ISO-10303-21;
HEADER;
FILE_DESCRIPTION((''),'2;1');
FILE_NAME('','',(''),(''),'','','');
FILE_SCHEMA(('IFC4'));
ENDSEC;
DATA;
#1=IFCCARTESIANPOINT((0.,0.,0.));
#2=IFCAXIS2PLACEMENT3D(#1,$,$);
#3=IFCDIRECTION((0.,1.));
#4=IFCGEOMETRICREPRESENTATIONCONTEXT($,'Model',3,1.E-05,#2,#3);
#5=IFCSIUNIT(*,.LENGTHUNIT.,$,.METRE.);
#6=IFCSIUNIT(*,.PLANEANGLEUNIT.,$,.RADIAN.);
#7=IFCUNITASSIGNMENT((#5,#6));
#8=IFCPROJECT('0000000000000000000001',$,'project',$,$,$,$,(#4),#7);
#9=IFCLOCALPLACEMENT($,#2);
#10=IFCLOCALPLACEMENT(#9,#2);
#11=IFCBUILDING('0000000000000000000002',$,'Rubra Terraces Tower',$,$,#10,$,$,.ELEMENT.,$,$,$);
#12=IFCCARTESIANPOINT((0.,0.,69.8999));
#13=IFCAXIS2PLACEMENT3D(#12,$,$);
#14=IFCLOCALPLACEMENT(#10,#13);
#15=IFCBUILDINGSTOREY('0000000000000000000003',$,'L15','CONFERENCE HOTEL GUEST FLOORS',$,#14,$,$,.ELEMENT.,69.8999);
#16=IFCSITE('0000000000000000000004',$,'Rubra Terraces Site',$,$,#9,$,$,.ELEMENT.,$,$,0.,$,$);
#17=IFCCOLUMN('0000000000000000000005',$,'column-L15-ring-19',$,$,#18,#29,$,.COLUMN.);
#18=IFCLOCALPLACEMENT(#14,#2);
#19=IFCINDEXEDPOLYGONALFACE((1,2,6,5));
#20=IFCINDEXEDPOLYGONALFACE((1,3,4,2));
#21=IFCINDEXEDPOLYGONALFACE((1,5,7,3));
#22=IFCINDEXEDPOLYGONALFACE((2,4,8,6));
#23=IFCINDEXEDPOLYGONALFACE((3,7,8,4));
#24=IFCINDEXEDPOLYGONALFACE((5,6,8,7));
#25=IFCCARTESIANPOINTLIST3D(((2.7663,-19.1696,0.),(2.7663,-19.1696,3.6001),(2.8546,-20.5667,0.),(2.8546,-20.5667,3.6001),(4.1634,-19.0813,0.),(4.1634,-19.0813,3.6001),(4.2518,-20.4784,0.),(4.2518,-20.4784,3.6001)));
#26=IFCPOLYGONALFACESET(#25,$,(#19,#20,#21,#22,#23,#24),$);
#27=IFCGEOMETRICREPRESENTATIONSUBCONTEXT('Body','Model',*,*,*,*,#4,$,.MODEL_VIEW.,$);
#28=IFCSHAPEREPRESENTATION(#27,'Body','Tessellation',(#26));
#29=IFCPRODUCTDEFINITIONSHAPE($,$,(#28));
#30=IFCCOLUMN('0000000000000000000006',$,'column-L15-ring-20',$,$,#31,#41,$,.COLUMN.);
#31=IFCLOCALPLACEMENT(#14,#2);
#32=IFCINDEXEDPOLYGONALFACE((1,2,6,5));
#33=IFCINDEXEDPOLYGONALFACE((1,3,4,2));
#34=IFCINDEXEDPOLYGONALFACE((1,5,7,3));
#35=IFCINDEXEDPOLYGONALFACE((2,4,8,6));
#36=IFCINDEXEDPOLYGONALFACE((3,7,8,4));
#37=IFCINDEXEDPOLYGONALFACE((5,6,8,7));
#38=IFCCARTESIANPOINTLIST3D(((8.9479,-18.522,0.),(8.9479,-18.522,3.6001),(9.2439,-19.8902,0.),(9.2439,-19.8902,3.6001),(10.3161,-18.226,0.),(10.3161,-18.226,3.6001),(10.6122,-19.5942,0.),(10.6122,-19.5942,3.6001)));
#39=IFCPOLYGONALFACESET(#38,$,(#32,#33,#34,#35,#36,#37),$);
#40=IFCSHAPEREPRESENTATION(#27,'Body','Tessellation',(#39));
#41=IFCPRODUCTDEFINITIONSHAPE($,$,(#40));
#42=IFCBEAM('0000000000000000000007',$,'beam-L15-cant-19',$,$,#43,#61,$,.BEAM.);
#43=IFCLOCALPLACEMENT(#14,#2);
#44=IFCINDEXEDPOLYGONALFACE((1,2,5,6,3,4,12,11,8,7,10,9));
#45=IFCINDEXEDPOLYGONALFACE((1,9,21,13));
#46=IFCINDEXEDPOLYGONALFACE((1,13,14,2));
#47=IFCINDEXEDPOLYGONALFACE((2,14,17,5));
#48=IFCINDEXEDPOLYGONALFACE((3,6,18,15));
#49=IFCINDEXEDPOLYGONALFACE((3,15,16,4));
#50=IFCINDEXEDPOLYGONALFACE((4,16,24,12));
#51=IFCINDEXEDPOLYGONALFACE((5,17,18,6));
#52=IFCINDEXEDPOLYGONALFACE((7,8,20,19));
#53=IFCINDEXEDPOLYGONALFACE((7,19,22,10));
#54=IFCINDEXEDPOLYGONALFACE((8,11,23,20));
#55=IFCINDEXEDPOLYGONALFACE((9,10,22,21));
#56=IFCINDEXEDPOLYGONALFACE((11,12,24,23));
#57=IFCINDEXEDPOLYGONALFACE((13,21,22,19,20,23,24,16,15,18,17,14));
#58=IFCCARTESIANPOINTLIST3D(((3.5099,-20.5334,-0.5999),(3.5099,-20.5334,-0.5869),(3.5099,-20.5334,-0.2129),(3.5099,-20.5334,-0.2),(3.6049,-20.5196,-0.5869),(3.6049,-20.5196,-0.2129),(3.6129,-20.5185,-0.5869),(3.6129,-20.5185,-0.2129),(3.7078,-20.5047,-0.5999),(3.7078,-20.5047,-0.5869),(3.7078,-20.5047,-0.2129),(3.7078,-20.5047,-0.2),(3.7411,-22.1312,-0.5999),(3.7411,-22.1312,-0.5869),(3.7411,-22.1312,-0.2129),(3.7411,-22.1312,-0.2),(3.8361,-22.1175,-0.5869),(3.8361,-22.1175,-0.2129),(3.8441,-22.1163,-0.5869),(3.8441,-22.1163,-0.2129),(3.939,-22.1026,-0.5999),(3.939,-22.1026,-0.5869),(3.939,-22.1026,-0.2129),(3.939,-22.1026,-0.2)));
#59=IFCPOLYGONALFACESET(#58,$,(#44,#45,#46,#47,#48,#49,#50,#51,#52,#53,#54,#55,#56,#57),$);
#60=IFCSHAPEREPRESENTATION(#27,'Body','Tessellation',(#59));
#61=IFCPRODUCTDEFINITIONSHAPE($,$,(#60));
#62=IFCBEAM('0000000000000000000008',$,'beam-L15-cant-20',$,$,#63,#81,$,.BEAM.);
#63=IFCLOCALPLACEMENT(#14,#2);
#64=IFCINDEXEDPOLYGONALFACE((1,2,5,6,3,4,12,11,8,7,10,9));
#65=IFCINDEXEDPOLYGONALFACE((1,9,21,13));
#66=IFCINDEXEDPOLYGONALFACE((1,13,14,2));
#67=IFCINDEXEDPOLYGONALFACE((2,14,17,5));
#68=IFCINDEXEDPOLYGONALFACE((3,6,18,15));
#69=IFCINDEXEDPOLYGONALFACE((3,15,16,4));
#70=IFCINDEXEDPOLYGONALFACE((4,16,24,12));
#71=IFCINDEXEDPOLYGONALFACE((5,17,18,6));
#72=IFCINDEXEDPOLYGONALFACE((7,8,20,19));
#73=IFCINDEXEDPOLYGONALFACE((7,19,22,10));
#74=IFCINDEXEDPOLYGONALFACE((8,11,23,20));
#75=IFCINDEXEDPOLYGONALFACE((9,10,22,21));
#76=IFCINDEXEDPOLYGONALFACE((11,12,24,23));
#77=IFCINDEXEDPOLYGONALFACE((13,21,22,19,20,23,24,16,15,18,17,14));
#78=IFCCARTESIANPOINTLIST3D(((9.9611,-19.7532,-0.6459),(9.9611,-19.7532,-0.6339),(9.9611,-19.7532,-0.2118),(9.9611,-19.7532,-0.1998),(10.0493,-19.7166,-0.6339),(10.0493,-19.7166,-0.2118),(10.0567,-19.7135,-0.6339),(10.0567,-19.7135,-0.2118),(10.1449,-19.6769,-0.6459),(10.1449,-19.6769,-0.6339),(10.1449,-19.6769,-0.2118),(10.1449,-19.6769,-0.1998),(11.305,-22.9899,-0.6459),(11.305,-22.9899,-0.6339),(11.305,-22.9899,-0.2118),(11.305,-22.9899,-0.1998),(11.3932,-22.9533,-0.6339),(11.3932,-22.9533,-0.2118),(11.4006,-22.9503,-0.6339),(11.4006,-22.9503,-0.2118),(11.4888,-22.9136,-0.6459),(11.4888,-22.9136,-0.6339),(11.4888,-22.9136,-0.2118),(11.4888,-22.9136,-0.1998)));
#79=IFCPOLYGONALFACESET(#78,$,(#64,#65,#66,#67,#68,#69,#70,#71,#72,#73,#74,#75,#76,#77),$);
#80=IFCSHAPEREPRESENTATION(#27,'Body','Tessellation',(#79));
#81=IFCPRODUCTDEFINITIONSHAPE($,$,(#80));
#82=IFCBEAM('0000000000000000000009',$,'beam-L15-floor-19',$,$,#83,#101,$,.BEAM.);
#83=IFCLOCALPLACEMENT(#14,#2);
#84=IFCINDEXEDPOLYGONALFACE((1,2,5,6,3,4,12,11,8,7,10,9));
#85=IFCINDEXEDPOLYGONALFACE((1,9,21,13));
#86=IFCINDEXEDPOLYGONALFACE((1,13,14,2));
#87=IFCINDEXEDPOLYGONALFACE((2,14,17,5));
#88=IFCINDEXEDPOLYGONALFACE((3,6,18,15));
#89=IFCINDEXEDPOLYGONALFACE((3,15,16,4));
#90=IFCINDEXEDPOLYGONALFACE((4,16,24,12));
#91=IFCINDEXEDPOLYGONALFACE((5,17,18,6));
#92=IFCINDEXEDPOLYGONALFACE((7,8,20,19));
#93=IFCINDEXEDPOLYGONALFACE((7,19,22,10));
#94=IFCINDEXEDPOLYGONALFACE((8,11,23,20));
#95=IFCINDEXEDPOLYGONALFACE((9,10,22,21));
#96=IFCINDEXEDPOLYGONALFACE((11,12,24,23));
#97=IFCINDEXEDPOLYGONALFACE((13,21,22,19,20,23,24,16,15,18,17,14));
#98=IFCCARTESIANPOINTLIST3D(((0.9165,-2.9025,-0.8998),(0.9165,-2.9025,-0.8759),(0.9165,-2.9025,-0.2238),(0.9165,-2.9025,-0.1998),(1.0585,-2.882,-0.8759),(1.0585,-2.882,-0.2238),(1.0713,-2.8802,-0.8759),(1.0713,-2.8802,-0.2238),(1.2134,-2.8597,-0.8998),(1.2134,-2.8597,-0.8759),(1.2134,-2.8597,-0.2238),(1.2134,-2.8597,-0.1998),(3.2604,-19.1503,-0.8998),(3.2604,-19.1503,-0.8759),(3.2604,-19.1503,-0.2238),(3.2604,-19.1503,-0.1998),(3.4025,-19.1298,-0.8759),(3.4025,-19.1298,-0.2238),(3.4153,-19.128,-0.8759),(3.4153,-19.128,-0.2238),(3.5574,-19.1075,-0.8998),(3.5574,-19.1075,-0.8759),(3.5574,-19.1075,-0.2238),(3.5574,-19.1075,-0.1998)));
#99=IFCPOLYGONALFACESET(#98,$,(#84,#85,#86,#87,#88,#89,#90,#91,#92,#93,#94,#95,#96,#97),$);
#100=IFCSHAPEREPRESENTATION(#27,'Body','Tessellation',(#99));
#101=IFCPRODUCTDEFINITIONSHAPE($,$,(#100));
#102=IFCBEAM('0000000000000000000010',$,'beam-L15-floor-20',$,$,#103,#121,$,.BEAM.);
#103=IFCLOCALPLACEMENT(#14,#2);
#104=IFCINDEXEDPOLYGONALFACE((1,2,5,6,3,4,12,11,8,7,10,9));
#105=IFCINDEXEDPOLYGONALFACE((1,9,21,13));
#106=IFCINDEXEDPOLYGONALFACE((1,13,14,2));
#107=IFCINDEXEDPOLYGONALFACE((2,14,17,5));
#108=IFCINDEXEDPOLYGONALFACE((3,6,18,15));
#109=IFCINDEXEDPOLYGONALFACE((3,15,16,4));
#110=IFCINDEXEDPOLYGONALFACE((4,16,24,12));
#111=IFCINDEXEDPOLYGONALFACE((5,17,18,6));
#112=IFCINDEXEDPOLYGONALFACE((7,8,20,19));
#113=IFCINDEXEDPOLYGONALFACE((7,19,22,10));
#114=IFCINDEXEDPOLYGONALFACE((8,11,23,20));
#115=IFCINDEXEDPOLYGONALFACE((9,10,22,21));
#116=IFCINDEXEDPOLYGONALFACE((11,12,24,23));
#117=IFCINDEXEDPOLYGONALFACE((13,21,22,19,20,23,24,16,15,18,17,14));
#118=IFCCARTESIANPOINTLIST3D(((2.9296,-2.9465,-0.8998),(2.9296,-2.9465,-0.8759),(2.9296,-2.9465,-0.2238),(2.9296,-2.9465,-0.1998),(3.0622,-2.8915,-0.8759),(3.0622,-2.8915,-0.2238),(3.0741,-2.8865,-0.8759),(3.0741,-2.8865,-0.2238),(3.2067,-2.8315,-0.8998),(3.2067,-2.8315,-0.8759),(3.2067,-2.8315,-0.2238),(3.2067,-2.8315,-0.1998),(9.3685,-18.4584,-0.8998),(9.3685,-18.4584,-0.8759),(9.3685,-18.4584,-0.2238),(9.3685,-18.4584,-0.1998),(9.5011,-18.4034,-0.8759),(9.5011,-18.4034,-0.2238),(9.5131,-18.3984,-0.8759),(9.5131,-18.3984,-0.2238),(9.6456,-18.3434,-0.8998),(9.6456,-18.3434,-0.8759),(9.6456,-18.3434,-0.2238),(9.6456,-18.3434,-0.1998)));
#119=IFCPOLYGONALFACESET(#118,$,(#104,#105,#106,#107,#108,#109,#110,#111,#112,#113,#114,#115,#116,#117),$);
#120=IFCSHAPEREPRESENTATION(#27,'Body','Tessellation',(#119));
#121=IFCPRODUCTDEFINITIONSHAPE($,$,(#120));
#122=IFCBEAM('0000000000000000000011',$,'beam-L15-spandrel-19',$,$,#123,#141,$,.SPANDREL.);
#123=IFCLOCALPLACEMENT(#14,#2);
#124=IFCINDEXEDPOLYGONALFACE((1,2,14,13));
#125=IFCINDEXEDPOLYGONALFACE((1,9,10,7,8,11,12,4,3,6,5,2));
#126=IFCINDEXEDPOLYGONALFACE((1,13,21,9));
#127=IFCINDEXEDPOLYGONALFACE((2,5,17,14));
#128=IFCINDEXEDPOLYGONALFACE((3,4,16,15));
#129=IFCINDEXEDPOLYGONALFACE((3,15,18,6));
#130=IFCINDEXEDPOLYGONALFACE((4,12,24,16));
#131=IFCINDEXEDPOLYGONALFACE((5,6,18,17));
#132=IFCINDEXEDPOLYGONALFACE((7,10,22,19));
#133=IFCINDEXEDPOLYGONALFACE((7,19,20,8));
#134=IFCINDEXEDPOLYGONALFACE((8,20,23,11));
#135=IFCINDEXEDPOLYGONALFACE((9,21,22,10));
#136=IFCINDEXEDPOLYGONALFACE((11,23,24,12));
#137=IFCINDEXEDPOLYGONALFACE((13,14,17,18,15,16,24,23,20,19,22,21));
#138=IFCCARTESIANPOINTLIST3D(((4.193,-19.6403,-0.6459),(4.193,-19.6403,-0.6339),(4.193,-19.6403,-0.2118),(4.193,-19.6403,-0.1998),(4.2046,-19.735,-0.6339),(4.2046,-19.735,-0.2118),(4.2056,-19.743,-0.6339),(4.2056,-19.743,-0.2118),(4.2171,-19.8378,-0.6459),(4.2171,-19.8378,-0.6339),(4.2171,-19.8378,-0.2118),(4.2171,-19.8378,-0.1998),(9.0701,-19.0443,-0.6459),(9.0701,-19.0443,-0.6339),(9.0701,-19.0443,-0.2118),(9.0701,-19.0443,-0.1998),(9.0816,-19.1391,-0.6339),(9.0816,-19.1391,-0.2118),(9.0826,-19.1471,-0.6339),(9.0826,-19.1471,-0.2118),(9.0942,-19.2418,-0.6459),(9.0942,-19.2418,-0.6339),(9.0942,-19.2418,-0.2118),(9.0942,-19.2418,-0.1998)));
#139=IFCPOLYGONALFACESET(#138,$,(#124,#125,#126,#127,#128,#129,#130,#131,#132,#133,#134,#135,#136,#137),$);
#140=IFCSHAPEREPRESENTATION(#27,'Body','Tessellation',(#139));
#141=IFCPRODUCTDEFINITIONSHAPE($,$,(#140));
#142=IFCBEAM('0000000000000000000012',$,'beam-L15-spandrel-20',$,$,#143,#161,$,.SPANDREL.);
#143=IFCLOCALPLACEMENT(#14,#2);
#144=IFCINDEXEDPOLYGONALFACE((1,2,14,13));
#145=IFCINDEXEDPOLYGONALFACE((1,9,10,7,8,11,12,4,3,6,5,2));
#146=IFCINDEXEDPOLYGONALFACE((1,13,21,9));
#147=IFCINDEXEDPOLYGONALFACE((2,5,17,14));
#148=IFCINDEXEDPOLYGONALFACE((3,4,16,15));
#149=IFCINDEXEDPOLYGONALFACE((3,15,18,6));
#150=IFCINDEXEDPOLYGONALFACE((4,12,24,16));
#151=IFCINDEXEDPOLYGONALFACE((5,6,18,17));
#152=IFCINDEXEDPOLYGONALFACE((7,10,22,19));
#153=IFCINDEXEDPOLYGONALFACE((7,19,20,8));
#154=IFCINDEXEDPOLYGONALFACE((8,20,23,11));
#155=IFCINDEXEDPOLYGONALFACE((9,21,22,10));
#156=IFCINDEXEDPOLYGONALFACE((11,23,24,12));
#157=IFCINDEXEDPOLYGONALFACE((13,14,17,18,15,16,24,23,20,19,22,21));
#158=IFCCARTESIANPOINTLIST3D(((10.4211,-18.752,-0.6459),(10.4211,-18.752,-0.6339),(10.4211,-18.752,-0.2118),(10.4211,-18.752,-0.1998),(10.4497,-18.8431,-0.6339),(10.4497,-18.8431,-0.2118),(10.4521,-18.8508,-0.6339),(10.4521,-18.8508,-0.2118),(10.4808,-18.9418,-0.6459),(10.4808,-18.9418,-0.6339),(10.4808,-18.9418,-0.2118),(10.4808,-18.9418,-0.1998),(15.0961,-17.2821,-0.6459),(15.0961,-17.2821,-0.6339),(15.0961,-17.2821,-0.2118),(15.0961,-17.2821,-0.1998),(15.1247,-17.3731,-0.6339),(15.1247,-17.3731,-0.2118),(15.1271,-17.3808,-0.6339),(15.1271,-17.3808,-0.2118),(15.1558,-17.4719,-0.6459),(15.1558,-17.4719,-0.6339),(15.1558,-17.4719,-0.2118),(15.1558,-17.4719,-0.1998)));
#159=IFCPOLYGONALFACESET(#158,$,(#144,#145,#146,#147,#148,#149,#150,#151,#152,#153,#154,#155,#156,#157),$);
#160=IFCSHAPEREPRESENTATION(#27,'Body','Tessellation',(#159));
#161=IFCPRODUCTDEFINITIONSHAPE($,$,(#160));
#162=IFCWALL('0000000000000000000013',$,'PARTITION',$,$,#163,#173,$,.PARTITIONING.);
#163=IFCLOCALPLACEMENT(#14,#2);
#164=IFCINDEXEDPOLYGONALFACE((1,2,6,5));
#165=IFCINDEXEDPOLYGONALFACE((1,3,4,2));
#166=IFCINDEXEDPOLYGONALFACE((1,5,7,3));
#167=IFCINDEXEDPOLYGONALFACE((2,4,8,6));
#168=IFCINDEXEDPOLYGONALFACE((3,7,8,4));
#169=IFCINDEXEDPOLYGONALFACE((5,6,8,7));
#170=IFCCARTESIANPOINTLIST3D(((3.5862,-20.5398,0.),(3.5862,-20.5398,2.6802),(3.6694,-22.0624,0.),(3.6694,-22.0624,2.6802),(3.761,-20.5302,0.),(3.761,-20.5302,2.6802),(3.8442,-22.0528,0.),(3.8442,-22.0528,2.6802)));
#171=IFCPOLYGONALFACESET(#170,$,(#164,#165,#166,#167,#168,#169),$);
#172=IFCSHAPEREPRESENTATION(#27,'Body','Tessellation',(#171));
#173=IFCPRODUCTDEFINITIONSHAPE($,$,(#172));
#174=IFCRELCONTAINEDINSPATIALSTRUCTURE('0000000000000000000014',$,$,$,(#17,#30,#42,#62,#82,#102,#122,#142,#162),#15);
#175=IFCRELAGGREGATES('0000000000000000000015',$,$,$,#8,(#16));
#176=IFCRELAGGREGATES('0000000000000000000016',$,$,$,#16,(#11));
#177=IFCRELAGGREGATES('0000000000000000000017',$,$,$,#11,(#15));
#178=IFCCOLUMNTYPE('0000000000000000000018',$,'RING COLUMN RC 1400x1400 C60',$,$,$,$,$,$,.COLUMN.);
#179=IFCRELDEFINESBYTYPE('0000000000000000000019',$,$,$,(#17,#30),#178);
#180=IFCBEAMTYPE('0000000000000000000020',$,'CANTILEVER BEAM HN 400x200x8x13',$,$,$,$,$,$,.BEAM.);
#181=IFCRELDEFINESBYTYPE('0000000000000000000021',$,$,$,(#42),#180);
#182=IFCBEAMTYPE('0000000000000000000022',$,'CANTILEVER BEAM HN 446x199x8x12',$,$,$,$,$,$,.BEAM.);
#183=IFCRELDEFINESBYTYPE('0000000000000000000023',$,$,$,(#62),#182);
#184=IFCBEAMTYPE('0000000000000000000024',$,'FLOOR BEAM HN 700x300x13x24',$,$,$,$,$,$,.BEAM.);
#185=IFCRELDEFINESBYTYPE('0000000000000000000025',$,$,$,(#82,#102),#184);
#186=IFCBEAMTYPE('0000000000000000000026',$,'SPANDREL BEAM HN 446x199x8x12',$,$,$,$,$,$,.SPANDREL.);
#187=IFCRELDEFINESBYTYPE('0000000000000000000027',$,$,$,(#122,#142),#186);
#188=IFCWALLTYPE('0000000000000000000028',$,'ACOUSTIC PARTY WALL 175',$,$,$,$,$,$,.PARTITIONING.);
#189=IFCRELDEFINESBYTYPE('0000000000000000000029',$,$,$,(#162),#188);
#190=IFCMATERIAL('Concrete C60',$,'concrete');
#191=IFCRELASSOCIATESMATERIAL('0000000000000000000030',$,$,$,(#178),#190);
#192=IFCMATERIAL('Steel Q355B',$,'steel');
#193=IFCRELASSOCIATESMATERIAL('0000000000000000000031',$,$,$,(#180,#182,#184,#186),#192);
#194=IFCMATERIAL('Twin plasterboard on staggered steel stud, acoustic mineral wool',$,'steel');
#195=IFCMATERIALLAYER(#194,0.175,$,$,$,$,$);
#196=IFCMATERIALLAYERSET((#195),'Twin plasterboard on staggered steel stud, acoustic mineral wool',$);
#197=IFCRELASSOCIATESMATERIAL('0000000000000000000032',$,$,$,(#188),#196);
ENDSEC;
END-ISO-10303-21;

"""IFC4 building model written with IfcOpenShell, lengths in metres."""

from ifc_helpers import new_model, si_unit, direction, frame, frame_2d, origin, origin_2d, place, context, subcontext, project, spatial, rectangle, i_section, extrude, material, layer, layer_set, material_profile, profile_set, type_object, element, save


model = new_model("IFC4")

# Units and contexts
model_context = context("Model", 3, precision=1e-05, world=origin(), true_north=direction((0.0, 1.0)))
body_context = subcontext(model_context, "Body", "Model", "MODEL_VIEW")
ifc_project = project(units=[si_unit("LENGTHUNIT", "METRE"), si_unit("PLANEANGLEUNIT", "RADIAN")], contexts=[model_context])

# Site, building, storey
site_placement = place(None, origin())
site = spatial("IfcSite", under=ifc_project, at=site_placement, Name="Rubra Terraces Site", CompositionType="ELEMENT", RefElevation=0.0)
building_placement = place(site_placement, origin())
building = spatial("IfcBuilding", under=site, at=building_placement, Name="Rubra Terraces Tower", CompositionType="ELEMENT")
storey_placement = place(building_placement, frame((0.0, 0.0, 69.8999)))
storey = spatial("IfcBuildingStorey", under=building, at=storey_placement, Name="L15", Description="CONFERENCE HOTEL GUEST FLOORS", CompositionType="ELEMENT", Elevation=69.8999)

# Columns
ifc_material_1 = material(Name="Concrete C60", Category="concrete")
ifc_material_profile_1 = material_profile(ifc_material_1, rectangle(XDim=1.3999, YDim=1.3999, at=origin_2d()), Name="RC 1400x1400")
ifc_profile_set_1 = profile_set([ifc_material_profile_1], Name="Concrete C60")
column_type = type_object("IfcColumnType", Name="RING COLUMN RC 1400x1400 C60", PredefinedType="COLUMN", material=ifc_profile_set_1)
for number, where, z_axis, x_axis, name in (
    (1, (3.509, -19.824, 0.0), (0.0, 0.0, 1.0), (0.998008, 0.063094, 0.0), "column-L15-ring-19"),
    (2, (9.78, -19.0581, 0.0), (0.0, 0.0, 1.0), (0.977386, 0.211462, 0.0), "column-L15-ring-20"),
):
    element("IfcColumn", number, at=place(storey_placement, frame(where, z_axis=z_axis, x_axis=x_axis)), inside=storey, type_object=column_type, Name=name, PredefinedType="COLUMN", context=body_context, shape_type="SweptSolid", body=[
        extrude(rectangle(XDim=1.3999, YDim=1.3999, at=origin_2d()), origin(), (0.0, 0.0, 1.0), 3.6001),
    ])

# Beams
ifc_material_2 = material(Name="Steel Q355B", Category="steel")
ifc_material_profile_2 = material_profile(ifc_material_2, i_section(OverallWidth=0.2, OverallDepth=0.3999, WebThickness=0.0081, FlangeThickness=0.0129, at=origin_2d()), Name="HN 400x200x8x13")
ifc_profile_set_2 = profile_set([ifc_material_profile_2], Name="Steel Q355B")
beam_type_1 = type_object("IfcBeamType", Name="CANTILEVER BEAM HN 400x200x8x13", PredefinedType="BEAM", material=ifc_profile_set_2)
beam_1_placement = place(storey_placement, frame((3.6089, -20.519, -0.3999), z_axis=(0.143199, -0.989694, 0.0), x_axis=(0.989694, 0.143199, 0.0)))
element("IfcBeam", 3, at=beam_1_placement, inside=storey, type_object=beam_type_1, Name="beam-L15-cant-19", PredefinedType="BEAM", context=body_context, shape_type="SweptSolid", body=[
    extrude(i_section(OverallWidth=0.2, OverallDepth=0.3999, WebThickness=0.0081, FlangeThickness=0.0129, at=origin_2d()), origin(), (0.0, 0.0, 1.0), 1.6145),
])
ifc_material_profile_3 = material_profile(ifc_material_2, i_section(OverallWidth=0.199, OverallDepth=0.446, WebThickness=0.0081, FlangeThickness=0.012, at=origin_2d()), Name="HN 446x199x8x12")
ifc_profile_set_3 = profile_set([ifc_material_profile_3], Name="Steel Q355B")
beam_type_2 = type_object("IfcBeamType", Name="CANTILEVER BEAM HN 446x199x8x12", PredefinedType="BEAM", material=ifc_profile_set_3)
beam_2_placement = place(storey_placement, frame((10.053, -19.7151, -0.4229), z_axis=(0.383477, -0.92355, 0.0), x_axis=(0.92355, 0.383477, 0.0)))
element("IfcBeam", 4, at=beam_2_placement, inside=storey, type_object=beam_type_2, Name="beam-L15-cant-20", PredefinedType="BEAM", context=body_context, shape_type="SweptSolid", body=[
    extrude(i_section(OverallWidth=0.199, OverallDepth=0.446, WebThickness=0.0081, FlangeThickness=0.012, at=origin_2d()), origin(), (0.0, 0.0, 1.0), 3.5046),
])
ifc_material_profile_4 = material_profile(ifc_material_2, i_section(OverallWidth=0.3, OverallDepth=0.7, WebThickness=0.0129, FlangeThickness=0.0239, at=origin_2d()), Name="HN 700x300x13x24")
ifc_profile_set_4 = profile_set([ifc_material_profile_4], Name="Steel Q355B")
beam_type_3 = type_object("IfcBeamType", Name="FLOOR BEAM HN 700x300x13x24", PredefinedType="BEAM", material=ifc_profile_set_4)
beam_3_placement = place(storey_placement, frame((3.4089, -19.1289, -0.5498), z_axis=(-0.142787, 0.989753, 0.0), x_axis=(-0.989753, -0.142787, 0.0)))
element("IfcBeam", 5, at=beam_3_placement, inside=storey, type_object=beam_type_3, Name="beam-L15-floor-19", PredefinedType="BEAM", context=body_context, shape_type="SweptSolid", body=[
    extrude(i_section(OverallWidth=0.3, OverallDepth=0.7, WebThickness=0.0129, FlangeThickness=0.0239, at=origin_2d()), origin(), (0.0, 0.0, 1.0), 16.416),
])
beam_4_placement = place(storey_placement, frame((9.5071, -18.4009, -0.5498), z_axis=(-0.38338, 0.923591, 0.0), x_axis=(-0.923591, -0.38338, 0.0)))
element("IfcBeam", 6, at=beam_4_placement, inside=storey, type_object=beam_type_3, Name="beam-L15-floor-20", PredefinedType="BEAM", context=body_context, shape_type="SweptSolid", body=[
    extrude(i_section(OverallWidth=0.3, OverallDepth=0.7, WebThickness=0.0129, FlangeThickness=0.0239, at=origin_2d()), origin(), (0.0, 0.0, 1.0), 16.7952),
])
ifc_material_profile_5 = material_profile(ifc_material_2, i_section(OverallWidth=0.199, OverallDepth=0.446, WebThickness=0.0081, FlangeThickness=0.012, at=origin_2d()), Name="HN 446x199x8x12")
ifc_profile_set_5 = profile_set([ifc_material_profile_5], Name="Steel Q355B")
beam_type_4 = type_object("IfcBeamType", Name="SPANDREL BEAM HN 446x199x8x12", PredefinedType="SPANDREL", material=ifc_profile_set_5)
beam_5_placement = place(storey_placement, frame((4.2051, -19.739, -0.4229), z_axis=(0.992617, 0.121294, 0.0), x_axis=(-0.121294, 0.992617, 0.0)))
element("IfcBeam", 7, at=beam_5_placement, inside=storey, type_object=beam_type_4, Name="beam-L15-spandrel-19", PredefinedType="SPANDREL", context=body_context, shape_type="SweptSolid", body=[
    extrude(i_section(OverallWidth=0.199, OverallDepth=0.446, WebThickness=0.0081, FlangeThickness=0.012, at=origin_2d()), origin(), (0.0, 0.0, 1.0), 4.9133),
])
beam_6_placement = place(storey_placement, frame((10.4509, -18.8469, -0.4229), z_axis=(0.953955, 0.299951, 0.0), x_axis=(-0.299951, 0.953955, 0.0)))
element("IfcBeam", 8, at=beam_6_placement, inside=storey, type_object=beam_type_4, Name="beam-L15-spandrel-20", PredefinedType="SPANDREL", context=body_context, shape_type="SweptSolid", body=[
    extrude(i_section(OverallWidth=0.199, OverallDepth=0.446, WebThickness=0.0081, FlangeThickness=0.012, at=origin_2d()), origin(), (0.0, 0.0, 1.0), 4.9006),
])

# Wall
ifc_material_3 = material(Name="Twin plasterboard on staggered steel stud, acoustic mineral wool", Category="steel")
ifc_layer_1 = layer(ifc_material_3, 0.175)
ifc_layer_set_1 = layer_set([ifc_layer_1], Name="Twin plasterboard on staggered steel stud, acoustic mineral wool")
wall_type_1 = type_object("IfcWallType", Name="ACOUSTIC PARTY WALL 175", PredefinedType="PARTITIONING", material=ifc_layer_set_1)
wall_1_placement = place(storey_placement, frame((3.7568, -22.0576, 0.0), z_axis=(0.0, 0.0, 1.0), x_axis=(-0.054592, 0.998509, 0.0)))
element("IfcWall", 9, at=wall_1_placement, inside=storey, type_object=wall_type_1, Name="PARTITION", PredefinedType="PARTITIONING", context=body_context, shape_type="SweptSolid", body=[
    extrude(rectangle(XDim=1.5249, YDim=0.175, at=frame_2d((0.7625, 0.0))), origin(), (0.0, 0.0, 1.0), 2.6802),
])

save(model, "model.ifc")
